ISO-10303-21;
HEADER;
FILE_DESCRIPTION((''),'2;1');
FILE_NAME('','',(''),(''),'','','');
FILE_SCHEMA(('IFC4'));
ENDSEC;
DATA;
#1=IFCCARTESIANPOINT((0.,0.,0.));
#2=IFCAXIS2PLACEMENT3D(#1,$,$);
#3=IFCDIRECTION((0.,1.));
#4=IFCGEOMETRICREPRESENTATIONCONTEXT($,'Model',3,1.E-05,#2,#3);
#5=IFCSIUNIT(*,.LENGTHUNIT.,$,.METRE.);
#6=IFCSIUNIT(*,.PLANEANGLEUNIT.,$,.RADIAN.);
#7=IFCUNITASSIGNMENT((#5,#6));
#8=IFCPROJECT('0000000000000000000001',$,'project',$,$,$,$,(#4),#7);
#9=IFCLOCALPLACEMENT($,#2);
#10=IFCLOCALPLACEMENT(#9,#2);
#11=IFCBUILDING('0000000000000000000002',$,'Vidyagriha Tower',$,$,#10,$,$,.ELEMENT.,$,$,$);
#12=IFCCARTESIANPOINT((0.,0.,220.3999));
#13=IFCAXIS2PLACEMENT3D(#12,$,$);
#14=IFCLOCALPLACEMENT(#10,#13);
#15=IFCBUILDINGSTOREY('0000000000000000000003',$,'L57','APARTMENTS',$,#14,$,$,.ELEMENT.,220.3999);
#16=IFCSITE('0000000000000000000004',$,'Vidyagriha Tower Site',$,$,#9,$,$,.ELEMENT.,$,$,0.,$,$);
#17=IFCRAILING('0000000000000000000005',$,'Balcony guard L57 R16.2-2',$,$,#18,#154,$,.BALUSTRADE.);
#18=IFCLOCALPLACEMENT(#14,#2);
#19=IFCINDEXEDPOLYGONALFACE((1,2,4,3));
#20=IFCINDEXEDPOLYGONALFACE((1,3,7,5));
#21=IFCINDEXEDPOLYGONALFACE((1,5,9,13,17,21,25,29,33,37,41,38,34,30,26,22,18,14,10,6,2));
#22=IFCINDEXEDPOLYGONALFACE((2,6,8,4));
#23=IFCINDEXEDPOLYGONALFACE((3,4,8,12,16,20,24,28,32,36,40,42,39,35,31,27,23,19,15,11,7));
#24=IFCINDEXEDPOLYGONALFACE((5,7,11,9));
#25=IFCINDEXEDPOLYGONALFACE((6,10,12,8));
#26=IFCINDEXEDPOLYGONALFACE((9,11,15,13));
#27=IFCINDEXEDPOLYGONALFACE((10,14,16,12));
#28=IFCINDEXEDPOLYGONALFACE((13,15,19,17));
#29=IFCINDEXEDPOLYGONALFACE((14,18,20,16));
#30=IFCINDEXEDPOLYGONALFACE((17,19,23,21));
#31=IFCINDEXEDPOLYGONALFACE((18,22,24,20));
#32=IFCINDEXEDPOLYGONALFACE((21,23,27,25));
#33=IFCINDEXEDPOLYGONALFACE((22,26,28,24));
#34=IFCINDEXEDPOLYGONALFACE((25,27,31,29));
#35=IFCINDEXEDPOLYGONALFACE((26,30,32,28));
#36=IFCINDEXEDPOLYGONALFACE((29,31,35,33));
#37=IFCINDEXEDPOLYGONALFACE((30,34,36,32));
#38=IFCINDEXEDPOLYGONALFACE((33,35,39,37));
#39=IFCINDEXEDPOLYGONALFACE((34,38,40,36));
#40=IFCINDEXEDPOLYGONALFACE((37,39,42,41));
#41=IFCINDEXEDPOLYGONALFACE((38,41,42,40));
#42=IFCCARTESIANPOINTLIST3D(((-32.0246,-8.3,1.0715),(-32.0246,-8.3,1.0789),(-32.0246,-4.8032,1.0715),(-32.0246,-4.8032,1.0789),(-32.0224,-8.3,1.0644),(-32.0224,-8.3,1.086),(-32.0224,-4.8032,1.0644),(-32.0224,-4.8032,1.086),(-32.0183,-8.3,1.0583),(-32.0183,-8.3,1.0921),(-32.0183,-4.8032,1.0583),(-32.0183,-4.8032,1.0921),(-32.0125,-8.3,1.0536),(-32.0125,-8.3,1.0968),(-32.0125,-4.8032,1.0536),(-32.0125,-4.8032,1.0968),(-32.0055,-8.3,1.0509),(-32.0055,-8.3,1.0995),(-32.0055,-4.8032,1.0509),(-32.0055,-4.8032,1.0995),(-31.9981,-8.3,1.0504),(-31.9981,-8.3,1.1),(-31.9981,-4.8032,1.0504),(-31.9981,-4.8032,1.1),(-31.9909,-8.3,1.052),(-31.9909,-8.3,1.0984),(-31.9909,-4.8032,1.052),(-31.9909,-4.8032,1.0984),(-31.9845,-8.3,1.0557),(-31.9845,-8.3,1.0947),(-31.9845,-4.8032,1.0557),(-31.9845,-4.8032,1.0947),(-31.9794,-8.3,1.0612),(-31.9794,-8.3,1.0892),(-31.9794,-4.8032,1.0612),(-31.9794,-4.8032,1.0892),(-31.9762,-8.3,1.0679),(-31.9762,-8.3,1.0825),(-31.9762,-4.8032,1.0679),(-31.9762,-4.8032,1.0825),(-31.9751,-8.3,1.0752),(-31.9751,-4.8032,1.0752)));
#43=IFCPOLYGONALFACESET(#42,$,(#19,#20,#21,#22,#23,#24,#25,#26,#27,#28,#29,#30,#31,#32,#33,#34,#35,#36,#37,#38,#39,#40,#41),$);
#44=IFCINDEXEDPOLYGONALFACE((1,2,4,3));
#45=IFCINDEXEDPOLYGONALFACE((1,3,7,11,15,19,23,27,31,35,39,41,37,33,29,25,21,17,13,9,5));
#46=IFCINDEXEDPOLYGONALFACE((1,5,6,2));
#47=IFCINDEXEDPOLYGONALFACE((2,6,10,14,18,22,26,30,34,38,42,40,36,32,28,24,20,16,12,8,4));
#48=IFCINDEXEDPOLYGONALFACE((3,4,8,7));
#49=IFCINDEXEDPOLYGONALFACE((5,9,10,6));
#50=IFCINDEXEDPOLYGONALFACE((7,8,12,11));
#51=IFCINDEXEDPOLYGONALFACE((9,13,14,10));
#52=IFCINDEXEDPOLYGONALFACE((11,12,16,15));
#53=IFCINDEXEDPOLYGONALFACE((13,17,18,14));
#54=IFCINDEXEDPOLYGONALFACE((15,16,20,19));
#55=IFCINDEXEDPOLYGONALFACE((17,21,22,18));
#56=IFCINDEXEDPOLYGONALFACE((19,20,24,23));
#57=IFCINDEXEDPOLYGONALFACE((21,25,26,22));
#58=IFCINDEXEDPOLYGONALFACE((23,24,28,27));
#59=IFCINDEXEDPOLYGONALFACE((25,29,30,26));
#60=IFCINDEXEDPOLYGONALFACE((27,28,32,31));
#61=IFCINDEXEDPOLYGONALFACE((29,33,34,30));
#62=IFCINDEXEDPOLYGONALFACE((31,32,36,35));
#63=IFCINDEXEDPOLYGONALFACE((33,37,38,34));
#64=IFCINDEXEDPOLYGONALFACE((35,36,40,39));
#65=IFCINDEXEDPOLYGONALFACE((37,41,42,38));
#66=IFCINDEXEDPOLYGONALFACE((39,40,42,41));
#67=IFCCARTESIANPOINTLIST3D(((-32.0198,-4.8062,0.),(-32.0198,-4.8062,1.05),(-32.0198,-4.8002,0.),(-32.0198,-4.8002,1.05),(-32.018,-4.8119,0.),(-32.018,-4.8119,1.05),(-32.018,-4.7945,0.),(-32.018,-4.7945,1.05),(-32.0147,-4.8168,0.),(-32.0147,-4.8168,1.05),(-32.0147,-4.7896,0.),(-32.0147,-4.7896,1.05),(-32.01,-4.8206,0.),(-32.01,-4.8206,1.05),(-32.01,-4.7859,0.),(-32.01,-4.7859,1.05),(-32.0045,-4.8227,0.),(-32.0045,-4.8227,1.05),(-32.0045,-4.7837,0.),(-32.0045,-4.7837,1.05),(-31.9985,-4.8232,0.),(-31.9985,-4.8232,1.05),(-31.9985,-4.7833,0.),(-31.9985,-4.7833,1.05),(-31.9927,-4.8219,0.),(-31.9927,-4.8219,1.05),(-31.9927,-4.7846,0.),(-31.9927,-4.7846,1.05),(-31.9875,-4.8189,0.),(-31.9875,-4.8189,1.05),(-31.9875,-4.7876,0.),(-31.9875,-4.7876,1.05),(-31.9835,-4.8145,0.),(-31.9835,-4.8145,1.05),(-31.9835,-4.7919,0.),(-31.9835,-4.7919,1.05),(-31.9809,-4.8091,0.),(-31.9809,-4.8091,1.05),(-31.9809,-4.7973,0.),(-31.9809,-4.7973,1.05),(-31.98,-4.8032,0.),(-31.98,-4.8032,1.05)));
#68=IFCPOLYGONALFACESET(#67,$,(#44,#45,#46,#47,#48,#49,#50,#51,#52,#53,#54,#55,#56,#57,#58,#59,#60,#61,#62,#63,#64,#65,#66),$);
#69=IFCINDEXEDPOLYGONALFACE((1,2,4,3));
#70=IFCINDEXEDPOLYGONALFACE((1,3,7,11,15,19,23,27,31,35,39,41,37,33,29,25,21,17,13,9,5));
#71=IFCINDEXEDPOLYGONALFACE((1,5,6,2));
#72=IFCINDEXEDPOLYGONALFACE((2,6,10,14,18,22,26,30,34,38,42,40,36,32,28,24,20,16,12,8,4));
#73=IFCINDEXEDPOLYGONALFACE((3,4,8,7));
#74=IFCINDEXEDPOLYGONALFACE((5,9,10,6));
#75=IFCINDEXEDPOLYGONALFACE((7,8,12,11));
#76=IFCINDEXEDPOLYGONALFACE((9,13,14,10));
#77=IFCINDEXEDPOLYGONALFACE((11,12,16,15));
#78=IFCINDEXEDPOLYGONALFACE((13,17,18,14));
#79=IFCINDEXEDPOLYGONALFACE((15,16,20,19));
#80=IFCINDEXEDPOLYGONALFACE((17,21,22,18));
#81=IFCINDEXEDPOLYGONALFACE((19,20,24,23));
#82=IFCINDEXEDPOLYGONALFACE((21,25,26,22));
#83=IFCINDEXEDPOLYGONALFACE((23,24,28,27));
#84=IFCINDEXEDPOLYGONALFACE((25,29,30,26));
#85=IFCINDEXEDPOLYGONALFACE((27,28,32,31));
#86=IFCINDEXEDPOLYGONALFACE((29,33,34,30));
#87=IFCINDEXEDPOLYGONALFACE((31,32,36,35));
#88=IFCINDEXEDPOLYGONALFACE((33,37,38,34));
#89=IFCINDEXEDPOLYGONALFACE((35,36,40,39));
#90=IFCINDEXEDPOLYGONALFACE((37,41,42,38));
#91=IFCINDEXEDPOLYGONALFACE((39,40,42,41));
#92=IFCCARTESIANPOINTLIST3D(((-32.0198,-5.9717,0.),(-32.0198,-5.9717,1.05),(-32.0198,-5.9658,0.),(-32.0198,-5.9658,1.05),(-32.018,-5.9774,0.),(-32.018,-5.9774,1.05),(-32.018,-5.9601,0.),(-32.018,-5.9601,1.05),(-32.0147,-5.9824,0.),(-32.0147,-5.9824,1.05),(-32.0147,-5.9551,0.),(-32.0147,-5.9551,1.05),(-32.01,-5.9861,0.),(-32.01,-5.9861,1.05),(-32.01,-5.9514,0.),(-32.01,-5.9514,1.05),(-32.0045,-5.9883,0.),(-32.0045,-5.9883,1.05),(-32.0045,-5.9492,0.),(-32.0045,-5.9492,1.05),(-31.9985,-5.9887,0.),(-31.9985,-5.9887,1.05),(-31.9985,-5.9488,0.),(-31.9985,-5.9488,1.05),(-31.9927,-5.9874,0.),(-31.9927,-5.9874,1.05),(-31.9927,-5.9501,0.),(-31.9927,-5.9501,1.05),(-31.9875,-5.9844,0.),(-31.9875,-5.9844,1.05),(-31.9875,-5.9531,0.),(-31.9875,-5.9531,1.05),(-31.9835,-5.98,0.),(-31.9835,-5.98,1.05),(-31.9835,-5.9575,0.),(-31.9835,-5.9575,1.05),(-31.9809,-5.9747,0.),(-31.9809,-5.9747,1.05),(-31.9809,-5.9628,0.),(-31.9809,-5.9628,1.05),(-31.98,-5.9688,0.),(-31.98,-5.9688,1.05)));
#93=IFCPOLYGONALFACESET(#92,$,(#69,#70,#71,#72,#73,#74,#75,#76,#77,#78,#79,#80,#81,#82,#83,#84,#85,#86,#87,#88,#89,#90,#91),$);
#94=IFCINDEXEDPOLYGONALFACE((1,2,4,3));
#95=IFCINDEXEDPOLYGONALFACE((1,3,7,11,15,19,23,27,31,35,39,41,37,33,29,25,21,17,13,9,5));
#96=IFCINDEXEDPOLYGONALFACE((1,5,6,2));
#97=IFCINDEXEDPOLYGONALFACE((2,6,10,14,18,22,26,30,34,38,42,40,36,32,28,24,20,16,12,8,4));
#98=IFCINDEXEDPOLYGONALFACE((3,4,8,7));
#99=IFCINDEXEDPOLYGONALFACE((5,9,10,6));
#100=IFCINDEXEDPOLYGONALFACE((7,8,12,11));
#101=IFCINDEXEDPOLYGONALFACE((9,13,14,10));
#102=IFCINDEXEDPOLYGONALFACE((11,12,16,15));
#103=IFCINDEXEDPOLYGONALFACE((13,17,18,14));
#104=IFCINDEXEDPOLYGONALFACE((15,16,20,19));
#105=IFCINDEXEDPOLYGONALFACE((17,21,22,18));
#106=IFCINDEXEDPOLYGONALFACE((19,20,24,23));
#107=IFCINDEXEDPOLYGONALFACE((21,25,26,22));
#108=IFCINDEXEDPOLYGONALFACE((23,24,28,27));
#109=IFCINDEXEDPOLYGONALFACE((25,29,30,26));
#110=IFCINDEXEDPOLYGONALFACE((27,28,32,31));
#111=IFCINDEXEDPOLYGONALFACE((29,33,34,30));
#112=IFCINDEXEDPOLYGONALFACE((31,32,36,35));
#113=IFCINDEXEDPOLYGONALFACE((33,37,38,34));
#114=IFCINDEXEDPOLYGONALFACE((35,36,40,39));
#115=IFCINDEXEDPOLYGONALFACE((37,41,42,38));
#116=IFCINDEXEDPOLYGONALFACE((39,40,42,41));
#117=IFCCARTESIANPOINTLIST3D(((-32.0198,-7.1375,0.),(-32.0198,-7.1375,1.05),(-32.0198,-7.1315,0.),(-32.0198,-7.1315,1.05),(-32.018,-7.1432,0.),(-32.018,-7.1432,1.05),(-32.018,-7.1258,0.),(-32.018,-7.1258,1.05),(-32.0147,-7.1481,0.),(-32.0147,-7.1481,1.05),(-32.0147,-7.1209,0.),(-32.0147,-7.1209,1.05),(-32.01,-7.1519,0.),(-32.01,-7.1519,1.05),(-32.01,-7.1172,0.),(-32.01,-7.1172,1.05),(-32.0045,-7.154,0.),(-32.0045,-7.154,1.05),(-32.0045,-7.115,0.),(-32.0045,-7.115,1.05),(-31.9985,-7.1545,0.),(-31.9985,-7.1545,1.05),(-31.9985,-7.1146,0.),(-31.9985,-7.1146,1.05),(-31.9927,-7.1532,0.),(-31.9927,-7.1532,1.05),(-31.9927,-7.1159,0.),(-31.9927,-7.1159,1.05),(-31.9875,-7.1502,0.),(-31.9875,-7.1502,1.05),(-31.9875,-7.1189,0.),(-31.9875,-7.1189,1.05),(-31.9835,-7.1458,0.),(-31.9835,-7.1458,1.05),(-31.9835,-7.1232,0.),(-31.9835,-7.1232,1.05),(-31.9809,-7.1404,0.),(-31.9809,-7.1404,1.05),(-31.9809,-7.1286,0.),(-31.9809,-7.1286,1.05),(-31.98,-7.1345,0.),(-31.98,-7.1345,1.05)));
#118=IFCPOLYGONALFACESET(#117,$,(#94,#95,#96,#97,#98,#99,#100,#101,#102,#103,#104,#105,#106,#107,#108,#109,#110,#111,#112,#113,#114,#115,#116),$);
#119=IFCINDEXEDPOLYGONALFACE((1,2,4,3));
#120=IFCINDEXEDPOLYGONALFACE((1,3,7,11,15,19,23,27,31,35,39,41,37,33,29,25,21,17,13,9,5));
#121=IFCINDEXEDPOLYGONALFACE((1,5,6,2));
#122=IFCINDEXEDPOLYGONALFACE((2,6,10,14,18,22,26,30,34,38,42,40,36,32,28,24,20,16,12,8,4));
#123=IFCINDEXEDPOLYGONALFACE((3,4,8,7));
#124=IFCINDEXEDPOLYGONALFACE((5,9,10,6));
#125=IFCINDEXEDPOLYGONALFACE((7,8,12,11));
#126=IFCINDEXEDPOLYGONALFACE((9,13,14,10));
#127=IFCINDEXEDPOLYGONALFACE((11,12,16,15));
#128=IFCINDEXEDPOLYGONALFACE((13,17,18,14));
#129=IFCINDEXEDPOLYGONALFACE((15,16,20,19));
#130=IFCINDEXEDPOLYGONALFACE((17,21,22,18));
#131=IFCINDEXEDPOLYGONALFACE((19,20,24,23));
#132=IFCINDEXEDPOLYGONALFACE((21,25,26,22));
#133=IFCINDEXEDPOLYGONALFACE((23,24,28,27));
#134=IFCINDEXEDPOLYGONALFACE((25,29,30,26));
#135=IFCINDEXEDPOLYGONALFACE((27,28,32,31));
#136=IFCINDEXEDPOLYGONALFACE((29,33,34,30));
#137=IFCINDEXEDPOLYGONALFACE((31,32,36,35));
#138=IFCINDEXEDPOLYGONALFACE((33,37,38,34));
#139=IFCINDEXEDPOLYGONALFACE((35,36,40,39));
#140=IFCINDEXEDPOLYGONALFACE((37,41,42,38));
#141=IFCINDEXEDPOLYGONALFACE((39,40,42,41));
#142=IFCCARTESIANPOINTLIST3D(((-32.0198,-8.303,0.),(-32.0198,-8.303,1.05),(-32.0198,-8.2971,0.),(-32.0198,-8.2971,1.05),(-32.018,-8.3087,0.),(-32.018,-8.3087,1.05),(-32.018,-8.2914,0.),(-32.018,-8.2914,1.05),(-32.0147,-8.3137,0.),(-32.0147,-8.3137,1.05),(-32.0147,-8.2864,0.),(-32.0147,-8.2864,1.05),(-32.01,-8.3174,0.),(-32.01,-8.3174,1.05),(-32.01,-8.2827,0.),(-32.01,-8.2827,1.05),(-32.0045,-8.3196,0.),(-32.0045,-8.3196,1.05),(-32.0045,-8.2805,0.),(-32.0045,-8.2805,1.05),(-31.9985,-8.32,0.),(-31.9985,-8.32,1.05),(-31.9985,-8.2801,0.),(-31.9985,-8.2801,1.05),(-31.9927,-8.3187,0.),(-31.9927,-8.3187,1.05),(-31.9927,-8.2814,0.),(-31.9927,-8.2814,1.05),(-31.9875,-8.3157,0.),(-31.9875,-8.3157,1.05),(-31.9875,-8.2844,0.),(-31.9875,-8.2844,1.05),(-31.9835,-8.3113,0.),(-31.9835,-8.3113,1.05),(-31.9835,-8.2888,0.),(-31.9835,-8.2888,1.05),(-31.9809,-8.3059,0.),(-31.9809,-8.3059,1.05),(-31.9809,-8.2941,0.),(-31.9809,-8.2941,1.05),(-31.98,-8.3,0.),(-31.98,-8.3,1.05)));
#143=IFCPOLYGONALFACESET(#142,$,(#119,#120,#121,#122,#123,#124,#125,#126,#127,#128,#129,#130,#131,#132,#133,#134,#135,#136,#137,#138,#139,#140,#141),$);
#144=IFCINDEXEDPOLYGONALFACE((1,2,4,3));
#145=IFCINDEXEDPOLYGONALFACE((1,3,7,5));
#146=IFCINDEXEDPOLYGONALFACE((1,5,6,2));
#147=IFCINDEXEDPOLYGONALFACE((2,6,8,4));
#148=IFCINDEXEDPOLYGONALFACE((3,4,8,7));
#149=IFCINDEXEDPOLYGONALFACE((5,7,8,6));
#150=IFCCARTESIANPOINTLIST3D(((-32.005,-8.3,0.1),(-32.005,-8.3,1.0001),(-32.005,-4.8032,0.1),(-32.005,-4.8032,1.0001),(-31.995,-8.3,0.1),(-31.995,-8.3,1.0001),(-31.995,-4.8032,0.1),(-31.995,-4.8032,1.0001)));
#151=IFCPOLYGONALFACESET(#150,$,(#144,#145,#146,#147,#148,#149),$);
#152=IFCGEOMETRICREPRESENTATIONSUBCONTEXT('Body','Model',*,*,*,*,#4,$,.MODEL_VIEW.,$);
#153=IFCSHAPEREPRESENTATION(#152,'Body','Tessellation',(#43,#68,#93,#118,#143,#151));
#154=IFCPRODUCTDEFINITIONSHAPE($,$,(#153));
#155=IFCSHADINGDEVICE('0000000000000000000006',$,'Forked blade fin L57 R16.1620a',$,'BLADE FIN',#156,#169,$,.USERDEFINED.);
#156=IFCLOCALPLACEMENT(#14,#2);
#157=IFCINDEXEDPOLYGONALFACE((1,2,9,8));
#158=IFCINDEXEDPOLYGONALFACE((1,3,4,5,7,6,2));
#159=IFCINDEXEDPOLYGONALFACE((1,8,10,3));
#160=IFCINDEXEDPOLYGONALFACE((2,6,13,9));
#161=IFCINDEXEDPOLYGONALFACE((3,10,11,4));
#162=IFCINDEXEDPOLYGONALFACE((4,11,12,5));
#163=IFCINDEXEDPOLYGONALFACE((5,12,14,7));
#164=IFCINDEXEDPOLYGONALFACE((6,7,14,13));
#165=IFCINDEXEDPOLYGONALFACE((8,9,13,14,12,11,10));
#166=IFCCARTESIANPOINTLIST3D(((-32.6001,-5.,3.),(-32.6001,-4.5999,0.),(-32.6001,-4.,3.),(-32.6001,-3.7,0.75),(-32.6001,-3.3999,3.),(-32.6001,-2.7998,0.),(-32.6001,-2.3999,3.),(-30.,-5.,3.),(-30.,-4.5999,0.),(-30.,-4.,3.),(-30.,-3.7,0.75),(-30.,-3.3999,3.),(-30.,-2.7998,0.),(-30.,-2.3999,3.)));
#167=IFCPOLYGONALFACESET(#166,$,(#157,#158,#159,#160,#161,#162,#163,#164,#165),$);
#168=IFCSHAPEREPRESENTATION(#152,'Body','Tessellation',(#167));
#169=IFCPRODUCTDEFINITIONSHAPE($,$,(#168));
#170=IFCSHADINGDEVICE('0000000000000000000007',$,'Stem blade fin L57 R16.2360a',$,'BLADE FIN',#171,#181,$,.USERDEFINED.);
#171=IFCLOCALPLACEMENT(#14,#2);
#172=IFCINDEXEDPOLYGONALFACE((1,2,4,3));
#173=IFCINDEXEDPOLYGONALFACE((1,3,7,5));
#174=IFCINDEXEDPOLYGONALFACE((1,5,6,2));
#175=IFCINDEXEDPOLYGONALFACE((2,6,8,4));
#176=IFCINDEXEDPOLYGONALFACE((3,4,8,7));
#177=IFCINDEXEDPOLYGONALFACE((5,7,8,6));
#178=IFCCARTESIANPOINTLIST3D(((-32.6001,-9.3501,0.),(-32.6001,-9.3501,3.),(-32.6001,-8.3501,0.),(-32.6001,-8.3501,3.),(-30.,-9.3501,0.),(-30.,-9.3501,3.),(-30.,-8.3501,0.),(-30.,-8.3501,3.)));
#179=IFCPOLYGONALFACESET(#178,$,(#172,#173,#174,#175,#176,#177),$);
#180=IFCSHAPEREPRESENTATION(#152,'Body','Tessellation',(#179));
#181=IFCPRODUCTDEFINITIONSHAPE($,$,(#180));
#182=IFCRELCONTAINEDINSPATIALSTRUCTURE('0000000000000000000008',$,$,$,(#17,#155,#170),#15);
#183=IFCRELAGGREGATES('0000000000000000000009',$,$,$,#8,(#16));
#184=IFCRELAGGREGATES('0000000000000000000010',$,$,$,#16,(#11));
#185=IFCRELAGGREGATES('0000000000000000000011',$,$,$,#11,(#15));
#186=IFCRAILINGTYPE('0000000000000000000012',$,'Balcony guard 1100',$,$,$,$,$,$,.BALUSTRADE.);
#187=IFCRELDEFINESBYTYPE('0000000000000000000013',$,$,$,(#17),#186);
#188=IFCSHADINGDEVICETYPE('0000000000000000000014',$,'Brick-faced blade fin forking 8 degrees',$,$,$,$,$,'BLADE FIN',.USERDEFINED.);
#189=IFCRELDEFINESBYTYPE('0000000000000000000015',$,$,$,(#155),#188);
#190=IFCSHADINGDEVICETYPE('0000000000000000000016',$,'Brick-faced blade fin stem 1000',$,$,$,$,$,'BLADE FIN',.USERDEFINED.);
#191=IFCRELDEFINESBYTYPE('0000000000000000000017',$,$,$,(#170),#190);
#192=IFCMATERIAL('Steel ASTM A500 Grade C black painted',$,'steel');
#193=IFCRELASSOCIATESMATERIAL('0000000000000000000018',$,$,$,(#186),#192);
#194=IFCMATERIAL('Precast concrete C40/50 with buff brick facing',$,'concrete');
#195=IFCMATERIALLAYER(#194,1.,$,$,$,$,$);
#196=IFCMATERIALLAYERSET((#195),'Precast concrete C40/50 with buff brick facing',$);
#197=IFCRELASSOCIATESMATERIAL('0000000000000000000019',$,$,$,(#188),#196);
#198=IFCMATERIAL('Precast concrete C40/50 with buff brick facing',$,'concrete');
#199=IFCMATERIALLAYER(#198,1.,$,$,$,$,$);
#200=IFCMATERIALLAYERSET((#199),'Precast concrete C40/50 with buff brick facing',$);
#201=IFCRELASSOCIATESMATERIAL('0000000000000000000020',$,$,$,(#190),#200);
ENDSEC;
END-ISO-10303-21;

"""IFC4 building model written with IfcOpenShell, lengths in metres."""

from ifc_helpers import new_model, si_unit, direction, frame, origin, origin_2d, place, context, subcontext, project, spatial, polyline, rectangle, circle, outline, extrude, material, layer, layer_set, type_object, element, save


model = new_model("IFC4")

# Units and contexts
model_context = context("Model", 3, precision=1e-05, world=origin(), true_north=direction((0.0, 1.0)))
body_context = subcontext(model_context, "Body", "Model", "MODEL_VIEW")
ifc_project = project(units=[si_unit("LENGTHUNIT", "METRE"), si_unit("PLANEANGLEUNIT", "RADIAN")], contexts=[model_context])

# Site, building, storey
site_placement = place(None, origin())
site = spatial("IfcSite", under=ifc_project, at=site_placement, Name="Vidyagriha Tower Site", CompositionType="ELEMENT", RefElevation=0.0)
building_placement = place(site_placement, origin())
building = spatial("IfcBuilding", under=site, at=building_placement, Name="Vidyagriha Tower", CompositionType="ELEMENT")
storey_placement = place(building_placement, frame((0.0, 0.0, 220.3999)))
storey = spatial("IfcBuildingStorey", under=building, at=storey_placement, Name="L57", Description="APARTMENTS", CompositionType="ELEMENT", Elevation=220.3999)

# Railing
ifc_material_1 = material(Name="Steel ASTM A500 Grade C black painted", Category="steel")
railing_type_1 = type_object("IfcRailingType", Name="Balcony guard 1100", PredefinedType="BALUSTRADE", material=ifc_material_1)
railing_1_placement = place(storey_placement, frame((-32.0, -4.8032, 0.0)))
element("IfcRailing", 1, at=railing_1_placement, inside=storey, type_object=railing_type_1, Name="Balcony guard L57 R16.2-2", PredefinedType="BALUSTRADE", context=body_context, shape_type="SweptSolid", body=[
    extrude(circle(Radius=0.0249, at=origin_2d()), frame((0.0, 0.0, 1.0752), z_axis=(0.0, -1.0, 0.0), x_axis=(1.0, 0.0, 0.0)), (0.0, 0.0, 1.0), 3.4968),
    extrude(circle(Radius=0.02, at=origin_2d()), origin(), (0.0, 0.0, 1.0), 1.05),
    extrude(circle(Radius=0.02, at=origin_2d()), frame((0.0, -1.1655, 0.0)), (0.0, 0.0, 1.0), 1.05),
    extrude(circle(Radius=0.02, at=origin_2d()), frame((0.0, -2.3313, 0.0)), (0.0, 0.0, 1.0), 1.05),
    extrude(circle(Radius=0.02, at=origin_2d()), frame((0.0, -3.4968, 0.0)), (0.0, 0.0, 1.0), 1.05),
    extrude(rectangle(XDim=0.01, YDim=0.9001, at=origin_2d()), frame((0.0, 0.0, 0.55), z_axis=(0.0, -1.0, 0.0), x_axis=(1.0, 0.0, 0.0)), (0.0, 0.0, 1.0), 3.4968),
])

# Shading devices
ifc_material_2 = material(Name="Precast concrete C40/50 with buff brick facing", Category="concrete")
ifc_layer_1 = layer(ifc_material_2, 1.0)
ifc_layer_set_1 = layer_set([ifc_layer_1], Name="Precast concrete C40/50 with buff brick facing")
shading_device_type_1 = type_object("IfcShadingDeviceType", Name="Brick-faced blade fin forking 8 degrees", ElementType="BLADE FIN", PredefinedType="USERDEFINED", material=ifc_layer_set_1)
shading_device_1_placement = place(storey_placement, frame((-31.3, -2.3999, 0.0), z_axis=(0.0, 0.0, 1.0), x_axis=(0.0, -1.0, 0.0)))
element("IfcShadingDevice", 2, at=shading_device_1_placement, inside=storey, type_object=shading_device_type_1, Name="Forked blade fin L57 R16.1620a", ObjectType="BLADE FIN", PredefinedType="USERDEFINED", context=body_context, shape_type="SweptSolid", body=[
    extrude(outline(polyline([(0.3999, 0.0), (2.2, 0.0), (2.6001, 3.0), (1.6001, 3.0), (1.3, 0.75), (1.0, 3.0), (0.0, 3.0), (0.3999, 0.0)])), frame((0.0, 1.3, 0.0), z_axis=(0.0, -1.0, 0.0), x_axis=(1.0, 0.0, 0.0)), (0.0, 0.0, 1.0), 2.6001),
])
ifc_material_3 = material(Name="Precast concrete C40/50 with buff brick facing", Category="concrete")
ifc_layer_2 = layer(ifc_material_3, 1.0)
ifc_layer_set_2 = layer_set([ifc_layer_2], Name="Precast concrete C40/50 with buff brick facing")
shading_device_type_2 = type_object("IfcShadingDeviceType", Name="Brick-faced blade fin stem 1000", ElementType="BLADE FIN", PredefinedType="USERDEFINED", material=ifc_layer_set_2)
shading_device_2_placement = place(storey_placement, frame((-31.3, -8.3501, 0.0), z_axis=(0.0, 0.0, 1.0), x_axis=(0.0, -1.0, 0.0)))
element("IfcShadingDevice", 3, at=shading_device_2_placement, inside=storey, type_object=shading_device_type_2, Name="Stem blade fin L57 R16.2360a", ObjectType="BLADE FIN", PredefinedType="USERDEFINED", context=body_context, shape_type="SweptSolid", body=[
    extrude(outline(polyline([(0.0, 0.0), (1.0, 0.0), (1.0, 3.0), (0.0, 3.0), (0.0, 0.0)])), frame((0.0, 1.3, 0.0), z_axis=(0.0, -1.0, 0.0), x_axis=(1.0, 0.0, 0.0)), (0.0, 0.0, 1.0), 2.6001),
])

save(model, "model.ifc")
